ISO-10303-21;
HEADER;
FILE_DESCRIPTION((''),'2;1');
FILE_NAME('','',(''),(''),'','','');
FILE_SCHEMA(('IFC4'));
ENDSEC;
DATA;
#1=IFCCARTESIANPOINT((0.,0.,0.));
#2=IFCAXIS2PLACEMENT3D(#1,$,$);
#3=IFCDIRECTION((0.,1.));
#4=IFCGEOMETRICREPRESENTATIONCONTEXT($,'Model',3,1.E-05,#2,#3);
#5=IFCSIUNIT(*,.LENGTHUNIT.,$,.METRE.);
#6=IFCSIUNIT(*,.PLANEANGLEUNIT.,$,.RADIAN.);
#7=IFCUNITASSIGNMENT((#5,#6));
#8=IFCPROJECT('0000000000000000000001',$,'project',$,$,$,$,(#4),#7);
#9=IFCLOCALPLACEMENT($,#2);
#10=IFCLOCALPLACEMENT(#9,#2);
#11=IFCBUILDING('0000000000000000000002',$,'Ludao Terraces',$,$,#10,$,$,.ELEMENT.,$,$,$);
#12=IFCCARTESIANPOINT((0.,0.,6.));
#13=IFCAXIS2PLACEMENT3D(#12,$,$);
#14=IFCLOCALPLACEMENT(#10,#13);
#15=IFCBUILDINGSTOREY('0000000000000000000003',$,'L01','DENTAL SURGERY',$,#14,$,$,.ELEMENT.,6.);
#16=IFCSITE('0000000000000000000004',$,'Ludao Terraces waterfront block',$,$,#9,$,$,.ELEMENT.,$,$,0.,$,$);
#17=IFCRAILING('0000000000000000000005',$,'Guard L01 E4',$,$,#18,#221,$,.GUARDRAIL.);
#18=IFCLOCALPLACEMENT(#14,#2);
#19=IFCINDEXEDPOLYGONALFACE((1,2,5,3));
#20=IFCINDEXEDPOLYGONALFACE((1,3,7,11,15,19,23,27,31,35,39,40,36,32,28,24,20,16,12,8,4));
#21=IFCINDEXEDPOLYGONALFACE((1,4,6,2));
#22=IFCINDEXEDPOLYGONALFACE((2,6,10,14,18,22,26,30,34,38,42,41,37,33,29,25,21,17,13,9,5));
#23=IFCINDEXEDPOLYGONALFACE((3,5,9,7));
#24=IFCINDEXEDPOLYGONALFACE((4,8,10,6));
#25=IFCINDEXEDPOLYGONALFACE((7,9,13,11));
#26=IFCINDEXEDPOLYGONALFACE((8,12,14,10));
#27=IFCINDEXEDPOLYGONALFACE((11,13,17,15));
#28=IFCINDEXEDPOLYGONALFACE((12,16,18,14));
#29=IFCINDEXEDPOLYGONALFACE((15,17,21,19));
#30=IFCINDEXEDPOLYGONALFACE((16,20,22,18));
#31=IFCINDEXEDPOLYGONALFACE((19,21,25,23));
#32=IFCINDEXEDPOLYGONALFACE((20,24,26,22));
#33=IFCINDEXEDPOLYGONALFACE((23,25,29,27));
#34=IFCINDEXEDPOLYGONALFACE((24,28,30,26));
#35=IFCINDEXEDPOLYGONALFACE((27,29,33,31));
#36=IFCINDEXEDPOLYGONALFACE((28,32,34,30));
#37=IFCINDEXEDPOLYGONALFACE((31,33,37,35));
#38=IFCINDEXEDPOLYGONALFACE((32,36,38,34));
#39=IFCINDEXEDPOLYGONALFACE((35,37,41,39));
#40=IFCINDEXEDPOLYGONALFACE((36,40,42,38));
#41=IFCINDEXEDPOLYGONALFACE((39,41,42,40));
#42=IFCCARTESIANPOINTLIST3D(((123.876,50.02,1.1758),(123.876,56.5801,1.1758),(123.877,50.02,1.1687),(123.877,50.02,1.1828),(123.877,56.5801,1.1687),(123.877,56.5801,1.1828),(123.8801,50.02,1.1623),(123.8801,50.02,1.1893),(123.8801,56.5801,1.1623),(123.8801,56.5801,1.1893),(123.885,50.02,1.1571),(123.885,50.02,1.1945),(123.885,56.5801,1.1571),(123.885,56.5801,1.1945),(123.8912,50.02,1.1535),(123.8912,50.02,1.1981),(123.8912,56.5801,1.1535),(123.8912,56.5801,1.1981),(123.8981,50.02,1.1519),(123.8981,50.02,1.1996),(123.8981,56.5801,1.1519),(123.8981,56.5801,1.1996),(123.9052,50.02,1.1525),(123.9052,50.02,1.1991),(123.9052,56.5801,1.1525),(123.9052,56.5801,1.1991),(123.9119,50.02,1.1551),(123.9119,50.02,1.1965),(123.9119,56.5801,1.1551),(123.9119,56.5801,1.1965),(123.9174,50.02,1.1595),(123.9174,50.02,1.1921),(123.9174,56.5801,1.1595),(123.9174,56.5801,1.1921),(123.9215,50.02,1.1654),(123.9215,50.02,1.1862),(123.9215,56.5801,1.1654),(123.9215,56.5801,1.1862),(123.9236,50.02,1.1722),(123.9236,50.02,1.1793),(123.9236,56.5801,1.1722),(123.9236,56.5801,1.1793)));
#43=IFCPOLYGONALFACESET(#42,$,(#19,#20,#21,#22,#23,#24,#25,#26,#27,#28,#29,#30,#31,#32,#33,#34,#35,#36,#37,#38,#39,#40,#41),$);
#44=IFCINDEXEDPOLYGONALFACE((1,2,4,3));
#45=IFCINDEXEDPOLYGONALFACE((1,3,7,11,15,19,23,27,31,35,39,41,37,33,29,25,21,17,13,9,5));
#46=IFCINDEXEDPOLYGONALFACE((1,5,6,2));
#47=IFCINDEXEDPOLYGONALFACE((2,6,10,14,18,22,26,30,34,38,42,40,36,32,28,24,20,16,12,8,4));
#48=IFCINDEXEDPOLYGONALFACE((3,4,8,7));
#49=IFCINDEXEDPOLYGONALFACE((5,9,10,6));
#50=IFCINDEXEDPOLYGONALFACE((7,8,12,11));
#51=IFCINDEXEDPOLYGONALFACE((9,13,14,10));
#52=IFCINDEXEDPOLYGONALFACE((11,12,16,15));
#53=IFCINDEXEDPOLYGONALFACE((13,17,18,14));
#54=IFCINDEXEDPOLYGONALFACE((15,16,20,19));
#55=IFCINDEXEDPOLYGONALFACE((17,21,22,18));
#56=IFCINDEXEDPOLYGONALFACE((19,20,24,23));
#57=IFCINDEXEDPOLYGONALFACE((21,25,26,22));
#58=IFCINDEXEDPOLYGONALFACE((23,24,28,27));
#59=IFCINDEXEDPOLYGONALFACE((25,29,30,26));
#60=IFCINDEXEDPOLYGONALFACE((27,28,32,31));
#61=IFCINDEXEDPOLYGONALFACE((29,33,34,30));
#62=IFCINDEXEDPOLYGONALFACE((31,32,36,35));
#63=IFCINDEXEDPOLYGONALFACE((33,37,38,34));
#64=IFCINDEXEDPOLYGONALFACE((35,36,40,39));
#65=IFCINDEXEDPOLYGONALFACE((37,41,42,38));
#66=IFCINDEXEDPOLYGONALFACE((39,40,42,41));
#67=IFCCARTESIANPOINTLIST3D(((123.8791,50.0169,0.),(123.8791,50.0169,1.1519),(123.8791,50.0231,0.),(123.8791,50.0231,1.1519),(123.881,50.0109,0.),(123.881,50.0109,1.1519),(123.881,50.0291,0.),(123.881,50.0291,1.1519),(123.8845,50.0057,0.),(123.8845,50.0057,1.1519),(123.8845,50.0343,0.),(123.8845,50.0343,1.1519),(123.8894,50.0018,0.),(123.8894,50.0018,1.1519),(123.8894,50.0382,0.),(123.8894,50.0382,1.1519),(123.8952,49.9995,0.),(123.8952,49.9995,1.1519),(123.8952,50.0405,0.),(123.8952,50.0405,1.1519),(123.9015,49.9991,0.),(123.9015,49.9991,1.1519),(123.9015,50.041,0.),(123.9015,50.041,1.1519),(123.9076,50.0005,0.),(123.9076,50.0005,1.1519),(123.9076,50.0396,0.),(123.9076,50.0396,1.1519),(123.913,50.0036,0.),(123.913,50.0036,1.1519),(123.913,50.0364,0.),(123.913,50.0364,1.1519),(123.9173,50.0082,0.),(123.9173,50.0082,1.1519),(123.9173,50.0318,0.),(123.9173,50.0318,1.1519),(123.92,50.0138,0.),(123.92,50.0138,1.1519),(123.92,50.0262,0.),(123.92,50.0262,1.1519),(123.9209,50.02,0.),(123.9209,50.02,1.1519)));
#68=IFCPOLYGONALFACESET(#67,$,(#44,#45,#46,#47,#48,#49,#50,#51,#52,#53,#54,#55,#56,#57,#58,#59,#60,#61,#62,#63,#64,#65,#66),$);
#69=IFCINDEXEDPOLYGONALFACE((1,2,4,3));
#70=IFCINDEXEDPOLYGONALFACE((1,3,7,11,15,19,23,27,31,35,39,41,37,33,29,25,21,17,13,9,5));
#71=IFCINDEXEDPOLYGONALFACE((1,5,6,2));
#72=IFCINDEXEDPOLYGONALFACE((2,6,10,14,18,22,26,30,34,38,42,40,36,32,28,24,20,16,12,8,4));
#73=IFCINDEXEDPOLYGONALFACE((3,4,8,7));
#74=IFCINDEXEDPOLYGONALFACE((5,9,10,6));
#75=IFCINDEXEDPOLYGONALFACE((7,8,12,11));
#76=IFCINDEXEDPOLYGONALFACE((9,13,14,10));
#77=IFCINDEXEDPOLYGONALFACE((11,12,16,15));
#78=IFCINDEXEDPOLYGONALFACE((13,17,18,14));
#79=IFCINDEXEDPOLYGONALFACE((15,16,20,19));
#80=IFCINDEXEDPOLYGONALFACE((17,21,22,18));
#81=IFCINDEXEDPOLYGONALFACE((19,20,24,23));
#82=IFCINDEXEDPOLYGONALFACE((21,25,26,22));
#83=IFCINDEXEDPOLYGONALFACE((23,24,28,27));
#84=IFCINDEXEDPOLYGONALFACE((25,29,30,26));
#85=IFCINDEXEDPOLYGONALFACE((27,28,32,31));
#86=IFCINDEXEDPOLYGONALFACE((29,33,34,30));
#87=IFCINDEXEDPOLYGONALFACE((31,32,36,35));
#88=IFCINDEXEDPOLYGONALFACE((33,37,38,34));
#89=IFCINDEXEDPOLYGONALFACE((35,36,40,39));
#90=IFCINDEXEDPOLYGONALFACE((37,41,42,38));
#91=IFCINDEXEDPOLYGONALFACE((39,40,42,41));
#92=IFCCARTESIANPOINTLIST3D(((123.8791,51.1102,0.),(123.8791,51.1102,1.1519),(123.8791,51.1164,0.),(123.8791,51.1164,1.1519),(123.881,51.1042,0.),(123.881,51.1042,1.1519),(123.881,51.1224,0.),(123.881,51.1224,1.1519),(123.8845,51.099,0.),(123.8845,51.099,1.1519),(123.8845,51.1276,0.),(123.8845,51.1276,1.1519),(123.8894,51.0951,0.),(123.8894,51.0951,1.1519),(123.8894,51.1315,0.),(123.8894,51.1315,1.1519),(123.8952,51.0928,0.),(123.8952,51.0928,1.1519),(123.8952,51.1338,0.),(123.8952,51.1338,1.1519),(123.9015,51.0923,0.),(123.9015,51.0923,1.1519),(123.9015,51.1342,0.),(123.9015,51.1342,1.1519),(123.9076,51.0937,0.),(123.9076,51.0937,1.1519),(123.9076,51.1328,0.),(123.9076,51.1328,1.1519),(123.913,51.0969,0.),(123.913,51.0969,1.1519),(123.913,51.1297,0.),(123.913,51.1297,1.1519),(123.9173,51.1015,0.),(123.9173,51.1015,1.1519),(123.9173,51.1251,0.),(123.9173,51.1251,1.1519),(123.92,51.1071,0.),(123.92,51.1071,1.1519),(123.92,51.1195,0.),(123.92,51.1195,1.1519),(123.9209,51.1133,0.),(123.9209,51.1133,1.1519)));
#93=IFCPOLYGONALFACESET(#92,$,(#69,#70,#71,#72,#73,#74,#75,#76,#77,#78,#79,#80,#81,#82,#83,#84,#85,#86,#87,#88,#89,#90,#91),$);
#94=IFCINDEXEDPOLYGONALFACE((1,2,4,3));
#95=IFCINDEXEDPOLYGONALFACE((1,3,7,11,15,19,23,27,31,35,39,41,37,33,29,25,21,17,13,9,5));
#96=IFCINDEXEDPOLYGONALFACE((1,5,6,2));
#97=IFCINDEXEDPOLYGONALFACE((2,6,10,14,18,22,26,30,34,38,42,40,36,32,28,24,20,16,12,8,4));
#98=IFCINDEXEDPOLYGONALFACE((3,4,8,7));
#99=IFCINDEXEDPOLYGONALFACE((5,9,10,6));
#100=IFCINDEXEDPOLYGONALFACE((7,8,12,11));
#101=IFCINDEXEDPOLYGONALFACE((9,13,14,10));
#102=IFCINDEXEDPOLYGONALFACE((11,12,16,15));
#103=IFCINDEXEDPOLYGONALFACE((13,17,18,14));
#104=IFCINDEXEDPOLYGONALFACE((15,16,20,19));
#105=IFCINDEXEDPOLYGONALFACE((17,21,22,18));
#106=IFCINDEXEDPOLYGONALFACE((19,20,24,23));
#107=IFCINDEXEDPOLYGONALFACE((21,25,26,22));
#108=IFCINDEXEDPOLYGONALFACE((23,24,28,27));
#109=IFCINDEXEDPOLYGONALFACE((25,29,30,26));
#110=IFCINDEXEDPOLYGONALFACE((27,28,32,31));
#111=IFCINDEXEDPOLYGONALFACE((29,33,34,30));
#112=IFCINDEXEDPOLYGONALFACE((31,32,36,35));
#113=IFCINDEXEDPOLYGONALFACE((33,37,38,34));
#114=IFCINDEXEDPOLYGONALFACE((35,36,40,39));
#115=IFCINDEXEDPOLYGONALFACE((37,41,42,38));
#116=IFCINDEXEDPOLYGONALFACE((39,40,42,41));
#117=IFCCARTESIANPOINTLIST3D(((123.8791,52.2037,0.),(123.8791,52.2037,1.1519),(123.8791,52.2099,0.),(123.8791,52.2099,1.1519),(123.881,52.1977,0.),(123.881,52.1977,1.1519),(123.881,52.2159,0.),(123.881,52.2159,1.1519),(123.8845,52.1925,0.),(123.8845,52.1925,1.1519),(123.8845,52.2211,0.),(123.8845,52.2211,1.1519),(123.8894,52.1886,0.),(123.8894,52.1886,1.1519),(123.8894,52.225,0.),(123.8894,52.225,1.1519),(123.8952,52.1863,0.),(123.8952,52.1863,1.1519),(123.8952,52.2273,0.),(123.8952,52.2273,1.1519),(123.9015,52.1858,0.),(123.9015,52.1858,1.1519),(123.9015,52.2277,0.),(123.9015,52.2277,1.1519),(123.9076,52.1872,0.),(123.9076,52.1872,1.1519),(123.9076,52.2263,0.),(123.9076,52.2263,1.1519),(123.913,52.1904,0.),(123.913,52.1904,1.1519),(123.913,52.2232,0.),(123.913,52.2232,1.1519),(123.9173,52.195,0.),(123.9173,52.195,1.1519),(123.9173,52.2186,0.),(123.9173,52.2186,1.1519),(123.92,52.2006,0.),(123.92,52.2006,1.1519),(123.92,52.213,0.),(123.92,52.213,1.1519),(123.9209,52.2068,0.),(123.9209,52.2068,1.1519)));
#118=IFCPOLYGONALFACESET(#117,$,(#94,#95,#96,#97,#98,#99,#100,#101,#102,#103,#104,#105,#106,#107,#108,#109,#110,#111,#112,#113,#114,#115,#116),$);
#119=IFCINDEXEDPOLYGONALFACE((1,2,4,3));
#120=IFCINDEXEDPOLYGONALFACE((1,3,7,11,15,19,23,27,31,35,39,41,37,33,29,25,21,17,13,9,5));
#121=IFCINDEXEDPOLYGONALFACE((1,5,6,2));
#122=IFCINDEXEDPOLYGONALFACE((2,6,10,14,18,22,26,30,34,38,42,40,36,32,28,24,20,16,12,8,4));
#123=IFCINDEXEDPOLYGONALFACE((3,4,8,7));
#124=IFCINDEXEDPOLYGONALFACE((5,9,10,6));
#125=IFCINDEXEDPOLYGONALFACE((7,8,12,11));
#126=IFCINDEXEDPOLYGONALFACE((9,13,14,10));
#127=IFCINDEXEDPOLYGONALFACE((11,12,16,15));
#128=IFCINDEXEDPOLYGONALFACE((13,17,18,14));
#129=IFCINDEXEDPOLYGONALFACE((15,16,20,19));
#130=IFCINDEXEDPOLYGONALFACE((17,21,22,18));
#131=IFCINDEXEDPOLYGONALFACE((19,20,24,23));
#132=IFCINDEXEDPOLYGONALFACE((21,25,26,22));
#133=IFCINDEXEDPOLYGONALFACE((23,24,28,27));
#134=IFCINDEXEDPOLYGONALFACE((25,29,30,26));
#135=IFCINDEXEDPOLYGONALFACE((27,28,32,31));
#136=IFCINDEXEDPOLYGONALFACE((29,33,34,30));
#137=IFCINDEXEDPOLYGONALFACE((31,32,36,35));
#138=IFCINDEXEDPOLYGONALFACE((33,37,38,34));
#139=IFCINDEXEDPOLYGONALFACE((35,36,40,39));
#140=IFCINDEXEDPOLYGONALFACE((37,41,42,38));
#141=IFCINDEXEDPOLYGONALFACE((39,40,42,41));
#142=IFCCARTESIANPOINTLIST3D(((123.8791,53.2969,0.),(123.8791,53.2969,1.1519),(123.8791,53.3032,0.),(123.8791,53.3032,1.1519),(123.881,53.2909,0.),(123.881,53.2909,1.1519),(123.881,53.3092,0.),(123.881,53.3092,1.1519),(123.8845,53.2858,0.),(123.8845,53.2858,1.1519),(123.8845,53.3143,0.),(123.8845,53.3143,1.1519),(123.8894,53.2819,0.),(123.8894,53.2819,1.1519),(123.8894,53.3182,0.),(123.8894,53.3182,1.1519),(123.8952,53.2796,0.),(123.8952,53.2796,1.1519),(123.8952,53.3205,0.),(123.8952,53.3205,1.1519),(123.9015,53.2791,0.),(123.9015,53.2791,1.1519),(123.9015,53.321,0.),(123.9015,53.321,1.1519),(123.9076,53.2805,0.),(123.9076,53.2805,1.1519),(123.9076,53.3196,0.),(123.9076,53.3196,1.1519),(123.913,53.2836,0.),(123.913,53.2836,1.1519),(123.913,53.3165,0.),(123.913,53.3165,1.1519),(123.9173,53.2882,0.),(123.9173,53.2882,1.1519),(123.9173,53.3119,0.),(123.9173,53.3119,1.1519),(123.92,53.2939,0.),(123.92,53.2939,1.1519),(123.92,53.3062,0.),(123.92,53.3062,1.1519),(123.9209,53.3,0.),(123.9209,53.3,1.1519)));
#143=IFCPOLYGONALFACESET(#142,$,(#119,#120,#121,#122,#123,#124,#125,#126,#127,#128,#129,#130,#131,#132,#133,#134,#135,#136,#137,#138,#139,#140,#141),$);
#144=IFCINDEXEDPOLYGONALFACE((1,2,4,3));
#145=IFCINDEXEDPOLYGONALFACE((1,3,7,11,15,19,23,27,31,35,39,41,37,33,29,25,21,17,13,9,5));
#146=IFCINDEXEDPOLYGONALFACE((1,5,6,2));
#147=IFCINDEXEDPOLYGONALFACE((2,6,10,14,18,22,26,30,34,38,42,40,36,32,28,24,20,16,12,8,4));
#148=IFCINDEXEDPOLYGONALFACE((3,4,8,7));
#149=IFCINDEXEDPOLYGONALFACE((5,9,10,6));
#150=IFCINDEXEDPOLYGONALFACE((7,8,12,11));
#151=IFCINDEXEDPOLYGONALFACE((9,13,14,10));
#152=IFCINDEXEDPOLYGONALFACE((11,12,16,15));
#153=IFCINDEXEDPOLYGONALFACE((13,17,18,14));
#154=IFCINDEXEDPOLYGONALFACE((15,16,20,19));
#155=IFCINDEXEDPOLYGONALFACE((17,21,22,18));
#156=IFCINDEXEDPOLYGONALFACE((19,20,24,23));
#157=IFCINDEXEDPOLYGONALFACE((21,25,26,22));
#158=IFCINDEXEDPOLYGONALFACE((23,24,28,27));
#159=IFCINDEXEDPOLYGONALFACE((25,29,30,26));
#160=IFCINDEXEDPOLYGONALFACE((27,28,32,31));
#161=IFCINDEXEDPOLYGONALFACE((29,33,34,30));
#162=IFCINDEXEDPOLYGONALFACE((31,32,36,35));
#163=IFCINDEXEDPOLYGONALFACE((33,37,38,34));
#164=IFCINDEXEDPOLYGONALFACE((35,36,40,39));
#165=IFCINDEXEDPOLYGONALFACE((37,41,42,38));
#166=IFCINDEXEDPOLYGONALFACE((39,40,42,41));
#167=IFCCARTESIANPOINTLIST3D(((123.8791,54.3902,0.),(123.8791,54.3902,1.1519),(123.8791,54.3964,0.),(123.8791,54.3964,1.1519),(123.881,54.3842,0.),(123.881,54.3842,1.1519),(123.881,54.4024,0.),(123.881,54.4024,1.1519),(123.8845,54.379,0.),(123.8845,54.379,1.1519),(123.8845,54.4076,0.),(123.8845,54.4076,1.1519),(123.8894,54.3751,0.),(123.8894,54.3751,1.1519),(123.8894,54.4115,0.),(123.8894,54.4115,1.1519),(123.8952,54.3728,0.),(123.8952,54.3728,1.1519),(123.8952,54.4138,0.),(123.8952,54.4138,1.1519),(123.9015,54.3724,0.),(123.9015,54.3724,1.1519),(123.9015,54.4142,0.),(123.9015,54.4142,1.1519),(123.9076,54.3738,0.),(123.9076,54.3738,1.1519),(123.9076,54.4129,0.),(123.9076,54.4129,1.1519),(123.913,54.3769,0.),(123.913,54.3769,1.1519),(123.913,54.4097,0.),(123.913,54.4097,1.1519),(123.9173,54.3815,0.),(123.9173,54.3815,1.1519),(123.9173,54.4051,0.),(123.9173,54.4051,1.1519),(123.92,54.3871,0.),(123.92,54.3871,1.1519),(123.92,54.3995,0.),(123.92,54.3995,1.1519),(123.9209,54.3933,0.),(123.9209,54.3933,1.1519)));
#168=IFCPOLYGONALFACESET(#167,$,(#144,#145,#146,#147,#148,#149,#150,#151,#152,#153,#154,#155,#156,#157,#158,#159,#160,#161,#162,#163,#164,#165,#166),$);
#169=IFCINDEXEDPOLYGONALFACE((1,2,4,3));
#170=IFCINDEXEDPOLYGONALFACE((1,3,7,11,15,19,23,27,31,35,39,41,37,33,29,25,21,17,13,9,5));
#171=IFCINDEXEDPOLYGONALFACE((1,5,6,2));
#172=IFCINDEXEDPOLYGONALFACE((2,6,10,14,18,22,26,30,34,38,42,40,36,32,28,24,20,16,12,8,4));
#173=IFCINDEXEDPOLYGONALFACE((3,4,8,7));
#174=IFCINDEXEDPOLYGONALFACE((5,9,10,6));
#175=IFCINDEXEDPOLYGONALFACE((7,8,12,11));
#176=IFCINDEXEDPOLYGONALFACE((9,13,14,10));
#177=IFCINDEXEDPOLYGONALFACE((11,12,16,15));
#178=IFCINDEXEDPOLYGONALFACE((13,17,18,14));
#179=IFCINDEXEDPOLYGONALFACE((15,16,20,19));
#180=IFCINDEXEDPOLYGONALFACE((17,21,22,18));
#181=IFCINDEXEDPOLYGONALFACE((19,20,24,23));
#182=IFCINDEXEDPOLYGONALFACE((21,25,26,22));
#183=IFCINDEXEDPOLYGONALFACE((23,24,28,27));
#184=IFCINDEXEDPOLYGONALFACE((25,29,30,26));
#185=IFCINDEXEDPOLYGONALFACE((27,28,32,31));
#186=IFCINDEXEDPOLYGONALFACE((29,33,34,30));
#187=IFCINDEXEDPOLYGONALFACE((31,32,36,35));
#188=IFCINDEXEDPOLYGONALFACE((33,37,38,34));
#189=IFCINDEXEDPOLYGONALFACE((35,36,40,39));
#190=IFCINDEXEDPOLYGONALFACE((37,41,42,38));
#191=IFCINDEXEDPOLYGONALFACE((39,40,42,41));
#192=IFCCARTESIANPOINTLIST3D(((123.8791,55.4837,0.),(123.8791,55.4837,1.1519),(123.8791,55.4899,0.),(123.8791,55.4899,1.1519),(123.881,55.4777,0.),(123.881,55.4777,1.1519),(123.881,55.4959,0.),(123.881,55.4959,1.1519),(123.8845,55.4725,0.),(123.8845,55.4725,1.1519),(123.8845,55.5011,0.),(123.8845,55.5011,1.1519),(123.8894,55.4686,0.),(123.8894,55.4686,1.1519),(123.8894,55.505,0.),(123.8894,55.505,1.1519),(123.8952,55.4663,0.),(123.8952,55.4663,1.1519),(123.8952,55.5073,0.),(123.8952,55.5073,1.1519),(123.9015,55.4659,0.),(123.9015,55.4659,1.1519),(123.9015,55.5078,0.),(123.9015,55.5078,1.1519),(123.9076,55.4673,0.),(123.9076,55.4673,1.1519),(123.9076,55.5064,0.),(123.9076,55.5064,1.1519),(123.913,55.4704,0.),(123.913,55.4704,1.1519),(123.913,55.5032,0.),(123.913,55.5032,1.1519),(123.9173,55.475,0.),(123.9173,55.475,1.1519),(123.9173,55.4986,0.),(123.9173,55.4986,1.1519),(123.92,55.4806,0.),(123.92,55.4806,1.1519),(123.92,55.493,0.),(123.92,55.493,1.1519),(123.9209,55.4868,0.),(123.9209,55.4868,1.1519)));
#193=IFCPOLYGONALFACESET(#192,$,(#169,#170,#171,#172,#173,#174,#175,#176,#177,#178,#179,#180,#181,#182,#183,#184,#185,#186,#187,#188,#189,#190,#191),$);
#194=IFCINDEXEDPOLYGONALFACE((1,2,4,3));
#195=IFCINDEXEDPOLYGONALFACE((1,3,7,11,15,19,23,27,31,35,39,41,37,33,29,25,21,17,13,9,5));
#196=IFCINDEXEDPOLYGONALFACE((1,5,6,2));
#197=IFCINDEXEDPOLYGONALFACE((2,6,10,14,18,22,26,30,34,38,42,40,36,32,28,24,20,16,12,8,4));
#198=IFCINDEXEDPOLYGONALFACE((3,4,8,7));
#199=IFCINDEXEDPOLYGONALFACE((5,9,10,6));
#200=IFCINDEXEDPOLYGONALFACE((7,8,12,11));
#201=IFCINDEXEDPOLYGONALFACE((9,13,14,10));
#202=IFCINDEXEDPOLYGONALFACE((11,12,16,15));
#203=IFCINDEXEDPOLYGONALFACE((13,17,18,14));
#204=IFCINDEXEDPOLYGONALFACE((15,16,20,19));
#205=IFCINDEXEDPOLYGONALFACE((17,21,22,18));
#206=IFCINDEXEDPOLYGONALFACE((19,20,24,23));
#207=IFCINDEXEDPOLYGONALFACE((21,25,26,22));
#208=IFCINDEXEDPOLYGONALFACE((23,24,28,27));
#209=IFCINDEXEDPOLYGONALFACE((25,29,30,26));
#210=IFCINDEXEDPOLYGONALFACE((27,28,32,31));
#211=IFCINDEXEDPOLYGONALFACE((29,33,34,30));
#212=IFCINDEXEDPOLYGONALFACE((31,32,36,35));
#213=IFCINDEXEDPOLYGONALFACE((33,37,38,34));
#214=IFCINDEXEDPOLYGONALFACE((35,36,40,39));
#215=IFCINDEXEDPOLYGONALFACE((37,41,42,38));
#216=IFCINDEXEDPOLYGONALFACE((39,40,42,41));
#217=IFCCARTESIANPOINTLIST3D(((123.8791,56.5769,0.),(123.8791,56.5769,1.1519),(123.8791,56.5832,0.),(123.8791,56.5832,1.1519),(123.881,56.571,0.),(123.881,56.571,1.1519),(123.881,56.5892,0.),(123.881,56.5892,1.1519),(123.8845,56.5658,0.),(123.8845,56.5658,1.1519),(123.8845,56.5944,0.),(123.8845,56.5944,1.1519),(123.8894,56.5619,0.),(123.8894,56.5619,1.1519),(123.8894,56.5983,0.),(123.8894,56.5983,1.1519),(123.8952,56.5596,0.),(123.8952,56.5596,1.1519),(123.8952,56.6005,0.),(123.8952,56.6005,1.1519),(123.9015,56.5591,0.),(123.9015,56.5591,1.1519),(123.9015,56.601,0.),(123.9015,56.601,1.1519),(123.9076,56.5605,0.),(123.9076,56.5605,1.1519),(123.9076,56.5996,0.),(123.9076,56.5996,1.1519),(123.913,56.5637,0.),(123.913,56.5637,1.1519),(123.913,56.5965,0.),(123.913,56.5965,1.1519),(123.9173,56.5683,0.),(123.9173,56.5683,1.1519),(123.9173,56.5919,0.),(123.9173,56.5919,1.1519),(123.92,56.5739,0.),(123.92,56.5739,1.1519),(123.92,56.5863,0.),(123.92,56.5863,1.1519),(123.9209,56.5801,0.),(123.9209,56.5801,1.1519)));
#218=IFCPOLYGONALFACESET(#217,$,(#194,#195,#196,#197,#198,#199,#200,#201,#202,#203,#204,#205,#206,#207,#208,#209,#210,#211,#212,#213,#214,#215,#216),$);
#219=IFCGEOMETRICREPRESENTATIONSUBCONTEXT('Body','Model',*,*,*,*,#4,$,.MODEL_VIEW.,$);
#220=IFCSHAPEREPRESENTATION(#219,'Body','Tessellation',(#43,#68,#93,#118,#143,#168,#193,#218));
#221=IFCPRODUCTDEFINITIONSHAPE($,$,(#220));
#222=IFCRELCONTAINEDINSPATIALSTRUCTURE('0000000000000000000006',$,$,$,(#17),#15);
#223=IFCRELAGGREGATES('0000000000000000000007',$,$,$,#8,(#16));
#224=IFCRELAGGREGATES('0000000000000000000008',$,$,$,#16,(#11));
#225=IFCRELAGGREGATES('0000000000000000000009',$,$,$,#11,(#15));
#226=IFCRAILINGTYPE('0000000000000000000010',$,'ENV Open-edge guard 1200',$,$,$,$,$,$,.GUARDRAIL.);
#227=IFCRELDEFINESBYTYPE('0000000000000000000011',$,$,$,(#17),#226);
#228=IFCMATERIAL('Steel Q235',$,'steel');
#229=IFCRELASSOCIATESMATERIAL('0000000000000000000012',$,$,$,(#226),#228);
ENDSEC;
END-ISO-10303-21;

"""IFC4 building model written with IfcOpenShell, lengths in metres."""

from ifc_helpers import new_model, si_unit, direction, frame, origin, origin_2d, place, context, subcontext, project, spatial, circle, extrude, material, type_object, element, save


model = new_model("IFC4")

# Units and contexts
model_context = context("Model", 3, precision=1e-05, world=origin(), true_north=direction((0.0, 1.0)))
body_context = subcontext(model_context, "Body", "Model", "MODEL_VIEW")
ifc_project = project(units=[si_unit("LENGTHUNIT", "METRE"), si_unit("PLANEANGLEUNIT", "RADIAN")], contexts=[model_context])

# Site, building, storey
site_placement = place(None, origin())
site = spatial("IfcSite", under=ifc_project, at=site_placement, Name="Ludao Terraces waterfront block", CompositionType="ELEMENT", RefElevation=0.0)
building_placement = place(site_placement, origin())
building = spatial("IfcBuilding", under=site, at=building_placement, Name="Ludao Terraces", CompositionType="ELEMENT")
storey_placement = place(building_placement, frame((0.0, 0.0, 6.0)))
storey = spatial("IfcBuildingStorey", under=building, at=storey_placement, Name="L01", Description="DENTAL SURGERY", CompositionType="ELEMENT", Elevation=6.0)

# Shared definitions
ifc_material_1 = material(Name="Steel Q235", Category="steel")

# Railing
railing_type = type_object("IfcRailingType", Name="ENV Open-edge guard 1200", PredefinedType="GUARDRAIL", material=ifc_material_1)
railing_placement = place(storey_placement, frame((123.8999, 50.02, 0.0)))
element("IfcRailing", 1, at=railing_placement, inside=storey, type_object=railing_type, Name="Guard L01 E4", PredefinedType="GUARDRAIL", context=body_context, shape_type="SweptSolid", body=[
    extrude(circle(Radius=0.0239, at=origin_2d()), frame((0.0, 0.0, 1.1758), z_axis=(0.0, 1.0, 0.0), x_axis=(-1.0, 0.0, 0.0)), (0.0, 0.0, 1.0), 6.5601),
    extrude(circle(Radius=0.021, at=origin_2d()), origin(), (0.0, 0.0, 1.0), 1.1519),
    extrude(circle(Radius=0.021, at=origin_2d()), frame((0.0, 1.0933, 0.0)), (0.0, 0.0, 1.0), 1.1519),
    extrude(circle(Radius=0.021, at=origin_2d()), frame((0.0, 2.1868, 0.0)), (0.0, 0.0, 1.0), 1.1519),
    extrude(circle(Radius=0.021, at=origin_2d()), frame((0.0, 3.28, 0.0)), (0.0, 0.0, 1.0), 1.1519),
    extrude(circle(Radius=0.021, at=origin_2d()), frame((0.0, 4.3733, 0.0)), (0.0, 0.0, 1.0), 1.1519),
    extrude(circle(Radius=0.021, at=origin_2d()), frame((0.0, 5.4668, 0.0)), (0.0, 0.0, 1.0), 1.1519),
    extrude(circle(Radius=0.021, at=origin_2d()), frame((0.0, 6.5601, 0.0)), (0.0, 0.0, 1.0), 1.1519),
])

save(model, "model.ifc")
